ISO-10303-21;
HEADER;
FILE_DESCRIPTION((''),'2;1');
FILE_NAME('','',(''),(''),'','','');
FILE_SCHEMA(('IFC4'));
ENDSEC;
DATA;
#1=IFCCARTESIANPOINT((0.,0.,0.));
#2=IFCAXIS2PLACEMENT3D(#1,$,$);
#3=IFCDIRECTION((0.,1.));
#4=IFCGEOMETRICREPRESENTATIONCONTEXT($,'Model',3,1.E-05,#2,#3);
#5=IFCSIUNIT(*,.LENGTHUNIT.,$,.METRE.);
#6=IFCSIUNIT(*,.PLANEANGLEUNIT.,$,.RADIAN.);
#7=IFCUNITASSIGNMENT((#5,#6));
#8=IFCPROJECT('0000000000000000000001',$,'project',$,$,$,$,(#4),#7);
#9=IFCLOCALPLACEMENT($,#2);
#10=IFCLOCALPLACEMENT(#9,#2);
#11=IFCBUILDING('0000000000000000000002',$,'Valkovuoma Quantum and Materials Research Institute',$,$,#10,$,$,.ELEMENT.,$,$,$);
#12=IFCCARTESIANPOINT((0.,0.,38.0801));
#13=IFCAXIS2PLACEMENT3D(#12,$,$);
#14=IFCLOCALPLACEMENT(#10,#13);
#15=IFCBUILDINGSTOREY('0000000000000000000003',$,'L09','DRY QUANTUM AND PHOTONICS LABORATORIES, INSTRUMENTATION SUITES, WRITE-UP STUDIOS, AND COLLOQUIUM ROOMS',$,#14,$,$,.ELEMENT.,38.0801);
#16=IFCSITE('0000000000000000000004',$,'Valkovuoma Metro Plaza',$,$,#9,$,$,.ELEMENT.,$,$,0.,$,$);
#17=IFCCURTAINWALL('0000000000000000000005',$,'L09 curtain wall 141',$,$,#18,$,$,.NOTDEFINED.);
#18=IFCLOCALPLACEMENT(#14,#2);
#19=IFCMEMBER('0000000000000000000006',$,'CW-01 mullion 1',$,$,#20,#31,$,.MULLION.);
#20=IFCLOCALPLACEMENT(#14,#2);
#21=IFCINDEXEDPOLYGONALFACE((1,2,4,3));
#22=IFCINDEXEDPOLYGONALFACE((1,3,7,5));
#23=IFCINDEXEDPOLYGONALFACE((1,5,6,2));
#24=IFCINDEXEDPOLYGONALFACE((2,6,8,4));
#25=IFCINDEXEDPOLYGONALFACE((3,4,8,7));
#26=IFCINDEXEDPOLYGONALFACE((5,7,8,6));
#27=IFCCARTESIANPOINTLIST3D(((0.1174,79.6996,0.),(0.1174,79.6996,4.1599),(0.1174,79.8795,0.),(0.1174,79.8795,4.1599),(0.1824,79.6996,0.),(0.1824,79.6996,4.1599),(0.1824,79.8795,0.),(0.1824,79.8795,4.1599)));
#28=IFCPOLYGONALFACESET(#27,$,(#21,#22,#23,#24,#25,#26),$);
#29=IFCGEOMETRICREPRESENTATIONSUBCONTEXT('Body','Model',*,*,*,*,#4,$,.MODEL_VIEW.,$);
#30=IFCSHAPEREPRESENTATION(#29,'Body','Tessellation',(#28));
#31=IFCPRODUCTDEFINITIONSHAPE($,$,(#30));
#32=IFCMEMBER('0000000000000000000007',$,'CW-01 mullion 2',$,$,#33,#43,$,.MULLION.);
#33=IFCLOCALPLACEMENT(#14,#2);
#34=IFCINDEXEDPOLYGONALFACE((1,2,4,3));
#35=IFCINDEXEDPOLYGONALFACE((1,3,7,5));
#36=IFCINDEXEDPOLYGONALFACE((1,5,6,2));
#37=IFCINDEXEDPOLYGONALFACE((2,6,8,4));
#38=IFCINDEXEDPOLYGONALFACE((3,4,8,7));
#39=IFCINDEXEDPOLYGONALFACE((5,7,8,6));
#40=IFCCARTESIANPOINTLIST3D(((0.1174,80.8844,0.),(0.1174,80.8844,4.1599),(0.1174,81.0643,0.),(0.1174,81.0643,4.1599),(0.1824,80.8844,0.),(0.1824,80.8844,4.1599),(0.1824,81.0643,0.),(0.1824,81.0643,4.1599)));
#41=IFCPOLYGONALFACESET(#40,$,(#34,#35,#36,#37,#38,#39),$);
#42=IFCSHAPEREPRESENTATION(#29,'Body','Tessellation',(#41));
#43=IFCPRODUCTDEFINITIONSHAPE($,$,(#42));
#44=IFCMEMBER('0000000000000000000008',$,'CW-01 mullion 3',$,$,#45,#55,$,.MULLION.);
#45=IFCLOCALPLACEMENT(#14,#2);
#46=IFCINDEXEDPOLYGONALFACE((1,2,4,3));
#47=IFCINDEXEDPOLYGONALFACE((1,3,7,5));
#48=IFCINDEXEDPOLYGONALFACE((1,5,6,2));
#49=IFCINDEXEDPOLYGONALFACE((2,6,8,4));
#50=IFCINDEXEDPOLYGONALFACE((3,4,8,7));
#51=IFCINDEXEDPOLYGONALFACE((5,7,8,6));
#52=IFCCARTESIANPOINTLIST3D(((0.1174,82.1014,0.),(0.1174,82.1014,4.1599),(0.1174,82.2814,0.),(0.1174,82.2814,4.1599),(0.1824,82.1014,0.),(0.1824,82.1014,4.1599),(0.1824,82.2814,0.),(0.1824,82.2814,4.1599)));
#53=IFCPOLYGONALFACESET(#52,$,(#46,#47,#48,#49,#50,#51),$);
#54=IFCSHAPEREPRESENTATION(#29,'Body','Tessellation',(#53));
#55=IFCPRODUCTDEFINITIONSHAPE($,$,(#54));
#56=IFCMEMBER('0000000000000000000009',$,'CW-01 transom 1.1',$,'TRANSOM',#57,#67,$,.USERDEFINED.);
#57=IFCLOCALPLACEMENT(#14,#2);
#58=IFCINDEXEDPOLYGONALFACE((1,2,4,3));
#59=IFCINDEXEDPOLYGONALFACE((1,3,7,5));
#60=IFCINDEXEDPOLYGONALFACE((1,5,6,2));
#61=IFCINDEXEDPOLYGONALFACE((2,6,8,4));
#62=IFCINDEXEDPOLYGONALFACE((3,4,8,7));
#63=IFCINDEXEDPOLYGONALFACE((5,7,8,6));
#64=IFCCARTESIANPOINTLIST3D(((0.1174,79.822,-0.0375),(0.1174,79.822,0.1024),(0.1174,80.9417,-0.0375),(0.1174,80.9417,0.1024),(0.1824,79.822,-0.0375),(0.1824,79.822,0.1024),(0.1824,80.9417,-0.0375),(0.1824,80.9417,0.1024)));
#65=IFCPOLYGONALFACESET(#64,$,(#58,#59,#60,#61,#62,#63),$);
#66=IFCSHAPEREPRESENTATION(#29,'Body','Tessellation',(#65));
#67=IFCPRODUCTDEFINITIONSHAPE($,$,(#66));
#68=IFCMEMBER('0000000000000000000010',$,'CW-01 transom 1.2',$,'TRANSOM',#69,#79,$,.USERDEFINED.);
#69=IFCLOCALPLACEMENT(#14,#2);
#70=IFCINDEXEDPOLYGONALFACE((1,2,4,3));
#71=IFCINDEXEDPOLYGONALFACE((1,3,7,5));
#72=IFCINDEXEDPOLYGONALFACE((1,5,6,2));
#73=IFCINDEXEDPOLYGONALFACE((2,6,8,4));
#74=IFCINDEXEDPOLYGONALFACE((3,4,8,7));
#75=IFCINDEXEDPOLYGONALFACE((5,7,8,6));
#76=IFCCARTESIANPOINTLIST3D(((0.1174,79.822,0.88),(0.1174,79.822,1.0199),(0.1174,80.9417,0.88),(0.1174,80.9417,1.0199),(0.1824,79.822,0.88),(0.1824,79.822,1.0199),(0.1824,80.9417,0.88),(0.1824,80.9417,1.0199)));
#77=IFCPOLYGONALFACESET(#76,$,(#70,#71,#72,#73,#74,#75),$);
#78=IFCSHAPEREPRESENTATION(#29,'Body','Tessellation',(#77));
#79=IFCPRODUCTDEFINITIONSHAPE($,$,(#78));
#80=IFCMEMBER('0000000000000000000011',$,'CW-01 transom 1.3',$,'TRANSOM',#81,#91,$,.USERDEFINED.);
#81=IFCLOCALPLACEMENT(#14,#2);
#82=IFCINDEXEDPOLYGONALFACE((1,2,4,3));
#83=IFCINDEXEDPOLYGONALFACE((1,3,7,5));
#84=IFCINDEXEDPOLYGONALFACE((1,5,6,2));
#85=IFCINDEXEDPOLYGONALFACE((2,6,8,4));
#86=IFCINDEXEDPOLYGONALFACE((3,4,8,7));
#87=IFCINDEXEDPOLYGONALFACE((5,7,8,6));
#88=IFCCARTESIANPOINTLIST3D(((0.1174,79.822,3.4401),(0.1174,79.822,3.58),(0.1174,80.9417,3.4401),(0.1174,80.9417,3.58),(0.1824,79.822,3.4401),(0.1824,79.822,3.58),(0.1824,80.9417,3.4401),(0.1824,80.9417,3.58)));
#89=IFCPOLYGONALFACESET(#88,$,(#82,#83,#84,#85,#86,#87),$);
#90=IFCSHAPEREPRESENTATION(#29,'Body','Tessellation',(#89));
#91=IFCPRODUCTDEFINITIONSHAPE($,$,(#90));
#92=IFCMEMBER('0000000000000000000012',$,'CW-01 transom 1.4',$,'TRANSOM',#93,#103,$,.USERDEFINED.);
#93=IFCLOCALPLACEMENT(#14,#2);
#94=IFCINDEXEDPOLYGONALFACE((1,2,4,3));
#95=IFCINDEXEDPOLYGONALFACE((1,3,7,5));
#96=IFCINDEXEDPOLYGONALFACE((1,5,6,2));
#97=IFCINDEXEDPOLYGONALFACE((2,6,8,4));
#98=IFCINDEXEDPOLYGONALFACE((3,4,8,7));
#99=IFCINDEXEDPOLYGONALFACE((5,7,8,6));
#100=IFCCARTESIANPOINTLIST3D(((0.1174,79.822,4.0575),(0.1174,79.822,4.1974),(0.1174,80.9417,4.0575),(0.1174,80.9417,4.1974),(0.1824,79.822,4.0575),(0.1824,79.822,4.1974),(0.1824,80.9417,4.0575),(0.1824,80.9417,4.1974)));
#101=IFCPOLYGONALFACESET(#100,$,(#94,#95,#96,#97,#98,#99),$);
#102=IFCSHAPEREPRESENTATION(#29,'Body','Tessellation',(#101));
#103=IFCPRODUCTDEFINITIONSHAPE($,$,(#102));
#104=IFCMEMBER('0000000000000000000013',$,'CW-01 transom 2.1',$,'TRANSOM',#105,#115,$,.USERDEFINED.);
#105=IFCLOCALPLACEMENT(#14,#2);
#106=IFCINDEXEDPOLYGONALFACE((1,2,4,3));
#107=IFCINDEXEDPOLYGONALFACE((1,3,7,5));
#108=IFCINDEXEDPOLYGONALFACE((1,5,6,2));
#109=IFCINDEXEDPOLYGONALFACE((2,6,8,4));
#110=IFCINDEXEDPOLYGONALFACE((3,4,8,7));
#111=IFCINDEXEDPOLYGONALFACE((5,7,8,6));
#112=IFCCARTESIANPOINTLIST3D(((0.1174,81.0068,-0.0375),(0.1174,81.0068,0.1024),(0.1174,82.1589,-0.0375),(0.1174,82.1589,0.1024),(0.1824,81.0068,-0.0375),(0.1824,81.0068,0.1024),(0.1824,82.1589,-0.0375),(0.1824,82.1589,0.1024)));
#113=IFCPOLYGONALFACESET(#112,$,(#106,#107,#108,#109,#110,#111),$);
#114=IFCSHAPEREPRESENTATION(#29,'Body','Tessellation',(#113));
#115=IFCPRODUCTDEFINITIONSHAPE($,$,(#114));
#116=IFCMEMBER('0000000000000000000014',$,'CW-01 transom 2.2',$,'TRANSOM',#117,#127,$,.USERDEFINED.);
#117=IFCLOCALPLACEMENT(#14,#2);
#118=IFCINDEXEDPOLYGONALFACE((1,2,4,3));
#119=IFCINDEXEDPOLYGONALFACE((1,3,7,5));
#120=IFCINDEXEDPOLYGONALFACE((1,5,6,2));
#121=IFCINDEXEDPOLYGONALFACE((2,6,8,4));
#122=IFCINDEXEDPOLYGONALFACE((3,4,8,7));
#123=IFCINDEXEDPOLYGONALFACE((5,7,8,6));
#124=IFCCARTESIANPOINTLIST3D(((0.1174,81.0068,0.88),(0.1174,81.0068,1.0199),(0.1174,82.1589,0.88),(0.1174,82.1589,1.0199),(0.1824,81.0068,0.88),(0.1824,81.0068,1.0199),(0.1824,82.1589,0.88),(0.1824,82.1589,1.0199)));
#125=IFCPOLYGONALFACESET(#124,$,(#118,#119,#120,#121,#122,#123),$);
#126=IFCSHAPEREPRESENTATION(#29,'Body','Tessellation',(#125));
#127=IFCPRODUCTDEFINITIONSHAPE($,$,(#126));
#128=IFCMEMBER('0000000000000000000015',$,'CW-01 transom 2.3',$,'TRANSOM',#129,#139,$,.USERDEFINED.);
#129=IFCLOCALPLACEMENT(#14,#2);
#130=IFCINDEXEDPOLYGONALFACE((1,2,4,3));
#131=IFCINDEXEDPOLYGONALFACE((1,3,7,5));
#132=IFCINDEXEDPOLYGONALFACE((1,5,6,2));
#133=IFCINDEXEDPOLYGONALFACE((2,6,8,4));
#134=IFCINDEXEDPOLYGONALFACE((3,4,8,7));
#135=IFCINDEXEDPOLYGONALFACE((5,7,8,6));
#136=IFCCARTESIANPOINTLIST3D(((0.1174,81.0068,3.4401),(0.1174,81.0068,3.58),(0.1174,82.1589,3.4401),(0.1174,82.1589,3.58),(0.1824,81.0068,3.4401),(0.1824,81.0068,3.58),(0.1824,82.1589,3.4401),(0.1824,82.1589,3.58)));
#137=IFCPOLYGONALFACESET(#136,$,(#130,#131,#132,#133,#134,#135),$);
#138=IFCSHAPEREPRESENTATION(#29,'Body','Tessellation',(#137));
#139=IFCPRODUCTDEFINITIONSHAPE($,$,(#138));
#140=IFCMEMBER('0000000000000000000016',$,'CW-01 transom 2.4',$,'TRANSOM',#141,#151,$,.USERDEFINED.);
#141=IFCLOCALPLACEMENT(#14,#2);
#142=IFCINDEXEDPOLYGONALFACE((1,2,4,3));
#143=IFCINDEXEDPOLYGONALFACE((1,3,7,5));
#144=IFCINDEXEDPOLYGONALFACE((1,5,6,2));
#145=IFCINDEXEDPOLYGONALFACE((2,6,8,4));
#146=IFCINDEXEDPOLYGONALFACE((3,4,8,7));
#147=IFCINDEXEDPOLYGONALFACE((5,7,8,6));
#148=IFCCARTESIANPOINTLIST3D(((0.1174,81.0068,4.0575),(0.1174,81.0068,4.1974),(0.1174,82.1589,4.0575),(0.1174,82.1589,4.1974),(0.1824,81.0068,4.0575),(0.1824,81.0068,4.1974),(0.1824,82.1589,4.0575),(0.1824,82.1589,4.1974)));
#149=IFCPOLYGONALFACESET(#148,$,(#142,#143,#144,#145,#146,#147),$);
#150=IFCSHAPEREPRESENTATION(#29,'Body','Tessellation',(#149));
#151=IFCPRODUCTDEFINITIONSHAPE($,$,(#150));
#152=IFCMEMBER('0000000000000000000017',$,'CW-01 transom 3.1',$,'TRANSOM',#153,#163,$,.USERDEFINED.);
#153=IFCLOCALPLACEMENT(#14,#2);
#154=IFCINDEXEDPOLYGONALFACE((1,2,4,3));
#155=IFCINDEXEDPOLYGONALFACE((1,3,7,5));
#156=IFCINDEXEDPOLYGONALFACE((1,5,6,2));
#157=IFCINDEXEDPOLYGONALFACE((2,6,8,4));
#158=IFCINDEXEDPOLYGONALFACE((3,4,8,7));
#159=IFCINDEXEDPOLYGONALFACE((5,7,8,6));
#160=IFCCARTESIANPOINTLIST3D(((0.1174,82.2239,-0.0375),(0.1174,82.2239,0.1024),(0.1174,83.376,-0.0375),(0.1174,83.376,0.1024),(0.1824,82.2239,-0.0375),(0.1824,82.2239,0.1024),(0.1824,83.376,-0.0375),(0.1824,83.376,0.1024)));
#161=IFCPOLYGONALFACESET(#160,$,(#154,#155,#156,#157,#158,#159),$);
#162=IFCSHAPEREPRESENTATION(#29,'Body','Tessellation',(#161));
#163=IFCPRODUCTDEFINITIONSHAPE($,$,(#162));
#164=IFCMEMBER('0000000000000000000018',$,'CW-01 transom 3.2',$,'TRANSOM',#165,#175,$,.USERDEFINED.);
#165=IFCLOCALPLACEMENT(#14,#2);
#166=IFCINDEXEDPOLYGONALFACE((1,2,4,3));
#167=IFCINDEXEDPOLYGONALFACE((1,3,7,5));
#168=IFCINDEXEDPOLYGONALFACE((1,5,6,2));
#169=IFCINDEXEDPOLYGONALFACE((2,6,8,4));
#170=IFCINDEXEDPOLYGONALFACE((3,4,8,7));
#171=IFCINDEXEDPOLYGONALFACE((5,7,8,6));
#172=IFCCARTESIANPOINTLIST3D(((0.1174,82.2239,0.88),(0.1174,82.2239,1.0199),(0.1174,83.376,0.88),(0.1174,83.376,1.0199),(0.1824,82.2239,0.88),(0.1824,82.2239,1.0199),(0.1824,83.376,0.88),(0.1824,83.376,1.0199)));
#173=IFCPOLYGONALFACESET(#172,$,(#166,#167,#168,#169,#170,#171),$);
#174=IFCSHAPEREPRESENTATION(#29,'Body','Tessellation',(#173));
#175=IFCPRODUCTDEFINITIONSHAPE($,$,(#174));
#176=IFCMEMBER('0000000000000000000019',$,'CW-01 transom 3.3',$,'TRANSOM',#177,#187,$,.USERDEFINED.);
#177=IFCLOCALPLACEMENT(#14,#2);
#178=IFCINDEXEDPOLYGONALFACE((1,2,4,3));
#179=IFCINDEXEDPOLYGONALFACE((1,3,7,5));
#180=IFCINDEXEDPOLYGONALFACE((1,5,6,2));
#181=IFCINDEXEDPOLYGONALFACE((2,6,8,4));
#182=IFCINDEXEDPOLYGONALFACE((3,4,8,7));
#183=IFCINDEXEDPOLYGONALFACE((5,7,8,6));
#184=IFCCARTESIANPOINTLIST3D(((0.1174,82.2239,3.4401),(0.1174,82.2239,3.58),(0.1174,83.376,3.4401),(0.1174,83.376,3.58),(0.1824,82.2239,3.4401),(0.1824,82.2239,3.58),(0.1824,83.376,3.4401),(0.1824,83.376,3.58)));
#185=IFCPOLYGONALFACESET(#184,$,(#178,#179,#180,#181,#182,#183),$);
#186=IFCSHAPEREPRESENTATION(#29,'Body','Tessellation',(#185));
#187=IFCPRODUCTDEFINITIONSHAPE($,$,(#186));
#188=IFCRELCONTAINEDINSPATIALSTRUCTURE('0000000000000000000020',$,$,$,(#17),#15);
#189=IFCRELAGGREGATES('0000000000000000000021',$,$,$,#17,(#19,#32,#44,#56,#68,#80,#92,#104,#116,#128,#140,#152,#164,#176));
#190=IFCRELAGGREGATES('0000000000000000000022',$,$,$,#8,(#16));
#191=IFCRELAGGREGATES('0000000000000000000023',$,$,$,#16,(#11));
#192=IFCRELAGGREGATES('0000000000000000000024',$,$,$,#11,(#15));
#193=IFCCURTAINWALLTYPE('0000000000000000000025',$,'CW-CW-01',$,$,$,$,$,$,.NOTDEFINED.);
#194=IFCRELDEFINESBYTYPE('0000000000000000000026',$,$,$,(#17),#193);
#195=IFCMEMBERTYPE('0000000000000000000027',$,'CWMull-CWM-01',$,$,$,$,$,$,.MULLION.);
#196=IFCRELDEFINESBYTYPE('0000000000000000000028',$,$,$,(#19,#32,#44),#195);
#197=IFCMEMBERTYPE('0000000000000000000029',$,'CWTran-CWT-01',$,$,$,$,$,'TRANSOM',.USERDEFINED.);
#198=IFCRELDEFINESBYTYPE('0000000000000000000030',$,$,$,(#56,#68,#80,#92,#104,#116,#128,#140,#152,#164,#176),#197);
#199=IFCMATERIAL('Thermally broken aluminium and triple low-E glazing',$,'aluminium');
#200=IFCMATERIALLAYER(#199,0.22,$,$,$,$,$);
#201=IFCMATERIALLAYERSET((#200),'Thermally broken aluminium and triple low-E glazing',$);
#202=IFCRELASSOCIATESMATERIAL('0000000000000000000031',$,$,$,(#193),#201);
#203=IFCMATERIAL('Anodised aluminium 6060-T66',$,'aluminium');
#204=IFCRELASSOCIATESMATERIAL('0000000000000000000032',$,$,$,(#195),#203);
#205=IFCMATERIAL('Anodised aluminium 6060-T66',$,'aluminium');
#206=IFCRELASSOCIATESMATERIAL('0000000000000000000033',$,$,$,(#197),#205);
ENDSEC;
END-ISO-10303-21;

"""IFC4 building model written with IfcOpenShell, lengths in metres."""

from ifc_helpers import new_model, si_unit, direction, frame, origin, origin_2d, place, context, subcontext, project, spatial, rectangle, extrude, material, layer, layer_set, material_profile, profile_set, type_object, element, aggregate, save


model = new_model("IFC4")

# Units and contexts
model_context = context("Model", 3, precision=1e-05, world=origin(), true_north=direction((0.0, 1.0)))
body_context = subcontext(model_context, "Body", "Model", "MODEL_VIEW")
ifc_project = project(units=[si_unit("LENGTHUNIT", "METRE"), si_unit("PLANEANGLEUNIT", "RADIAN")], contexts=[model_context])

# Site, building, storey
site_placement = place(None, origin())
site = spatial("IfcSite", under=ifc_project, at=site_placement, Name="Valkovuoma Metro Plaza", CompositionType="ELEMENT", RefElevation=0.0)
building_placement = place(site_placement, origin())
building = spatial("IfcBuilding", under=site, at=building_placement, Name="Valkovuoma Quantum and Materials Research Institute", CompositionType="ELEMENT")
storey_placement = place(building_placement, frame((0.0, 0.0, 38.0801)))
storey = spatial("IfcBuildingStorey", under=building, at=storey_placement, Name="L09", Description="DRY QUANTUM AND PHOTONICS LABORATORIES, INSTRUMENTATION SUITES, WRITE-UP STUDIOS, AND COLLOQUIUM ROOMS", CompositionType="ELEMENT", Elevation=38.0801)

# Curtain wall, members
ifc_material_1 = material(Name="Thermally broken aluminium and triple low-E glazing", Category="aluminium")
ifc_layer_1 = layer(ifc_material_1, 0.22)
ifc_layer_set_1 = layer_set([ifc_layer_1], Name="Thermally broken aluminium and triple low-E glazing")
curtain_wall_type = type_object("IfcCurtainWallType", Name="CW-CW-01", PredefinedType="NOTDEFINED", material=ifc_layer_set_1)
curtain_wall_placement = place(storey_placement, origin())
curtain_wall = element("IfcCurtainWall", 1, at=curtain_wall_placement, inside=storey, type_object=curtain_wall_type, Name="L09 curtain wall 141", PredefinedType="NOTDEFINED")
ifc_material_2 = material(Name="Anodised aluminium 6060-T66", Category="aluminium")
ifc_material_profile_1 = material_profile(ifc_material_2, rectangle(XDim=0.0649, YDim=0.1799, at=origin_2d()), Name="Anodised aluminium 6060-T66")
ifc_profile_set_1 = profile_set([ifc_material_profile_1], Name="Anodised aluminium 6060-T66")
member_type_1 = type_object("IfcMemberType", Name="CWMull-CWM-01", PredefinedType="MULLION", material=ifc_profile_set_1)
member_1_placement = place(storey_placement, frame((0.1499, 79.7896, 0.0), z_axis=(0.0, 0.0, 1.0), x_axis=(-1.0, 0.0, 0.0)))
member_1 = element("IfcMember", 2, at=member_1_placement, type_object=member_type_1, Name="CW-01 mullion 1", PredefinedType="MULLION", context=body_context, shape_type="SweptSolid", body=[
    extrude(rectangle(XDim=0.0649, YDim=0.1799, at=origin_2d()), origin(), (0.0, 0.0, 1.0), 4.1599),
])
member_2_placement = place(storey_placement, frame((0.1499, 80.9744, 0.0), z_axis=(0.0, 0.0, 1.0), x_axis=(-1.0, 0.0, 0.0)))
member_2 = element("IfcMember", 3, at=member_2_placement, type_object=member_type_1, Name="CW-01 mullion 2", PredefinedType="MULLION", context=body_context, shape_type="SweptSolid", body=[
    extrude(rectangle(XDim=0.0649, YDim=0.1799, at=origin_2d()), origin(), (0.0, 0.0, 1.0), 4.1599),
])
member_3_placement = place(storey_placement, frame((0.1499, 82.1914, 0.0), z_axis=(0.0, 0.0, 1.0), x_axis=(-1.0, 0.0, 0.0)))
member_3 = element("IfcMember", 4, at=member_3_placement, type_object=member_type_1, Name="CW-01 mullion 3", PredefinedType="MULLION", context=body_context, shape_type="SweptSolid", body=[
    extrude(rectangle(XDim=0.0649, YDim=0.1799, at=origin_2d()), origin(), (0.0, 0.0, 1.0), 4.1599),
])
ifc_material_3 = material(Name="Anodised aluminium 6060-T66", Category="aluminium")
ifc_material_profile_2 = material_profile(ifc_material_3, rectangle(XDim=0.0649, YDim=0.1399, at=origin_2d()), Name="Anodised aluminium 6060-T66")
ifc_profile_set_2 = profile_set([ifc_material_profile_2], Name="Anodised aluminium 6060-T66")
member_type_2 = type_object("IfcMemberType", Name="CWTran-CWT-01", ElementType="TRANSOM", PredefinedType="USERDEFINED", material=ifc_profile_set_2)
member_4_placement = place(storey_placement, frame((0.1499, 79.822, 0.0325), z_axis=(0.0, 1.0, 0.0), x_axis=(-1.0, 0.0, 0.0)))
member_4 = element("IfcMember", 5, at=member_4_placement, type_object=member_type_2, Name="CW-01 transom 1.1", ObjectType="TRANSOM", PredefinedType="USERDEFINED", context=body_context, shape_type="SweptSolid", body=[
    extrude(rectangle(XDim=0.0649, YDim=0.1399, at=origin_2d()), origin(), (0.0, 0.0, 1.0), 1.1196),
])
member_5_placement = place(storey_placement, frame((0.1499, 79.822, 0.95), z_axis=(0.0, 1.0, 0.0), x_axis=(-1.0, 0.0, 0.0)))
member_5 = element("IfcMember", 6, at=member_5_placement, type_object=member_type_2, Name="CW-01 transom 1.2", ObjectType="TRANSOM", PredefinedType="USERDEFINED", context=body_context, shape_type="SweptSolid", body=[
    extrude(rectangle(XDim=0.0649, YDim=0.1399, at=origin_2d()), origin(), (0.0, 0.0, 1.0), 1.1196),
])
member_6_placement = place(storey_placement, frame((0.1499, 79.822, 3.51), z_axis=(0.0, 1.0, 0.0), x_axis=(-1.0, 0.0, 0.0)))
member_6 = element("IfcMember", 7, at=member_6_placement, type_object=member_type_2, Name="CW-01 transom 1.3", ObjectType="TRANSOM", PredefinedType="USERDEFINED", context=body_context, shape_type="SweptSolid", body=[
    extrude(rectangle(XDim=0.0649, YDim=0.1399, at=origin_2d()), origin(), (0.0, 0.0, 1.0), 1.1196),
])
member_7_placement = place(storey_placement, frame((0.1499, 79.822, 4.1274), z_axis=(0.0, 1.0, 0.0), x_axis=(-1.0, 0.0, 0.0)))
member_7 = element("IfcMember", 8, at=member_7_placement, type_object=member_type_2, Name="CW-01 transom 1.4", ObjectType="TRANSOM", PredefinedType="USERDEFINED", context=body_context, shape_type="SweptSolid", body=[
    extrude(rectangle(XDim=0.0649, YDim=0.1399, at=origin_2d()), origin(), (0.0, 0.0, 1.0), 1.1196),
])
member_8_placement = place(storey_placement, frame((0.1499, 81.0068, 0.0325), z_axis=(0.0, 1.0, 0.0), x_axis=(-1.0, 0.0, 0.0)))
member_8 = element("IfcMember", 9, at=member_8_placement, type_object=member_type_2, Name="CW-01 transom 2.1", ObjectType="TRANSOM", PredefinedType="USERDEFINED", context=body_context, shape_type="SweptSolid", body=[
    extrude(rectangle(XDim=0.0649, YDim=0.1399, at=origin_2d()), origin(), (0.0, 0.0, 1.0), 1.1521),
])
member_9_placement = place(storey_placement, frame((0.1499, 81.0068, 0.95), z_axis=(0.0, 1.0, 0.0), x_axis=(-1.0, 0.0, 0.0)))
member_9 = element("IfcMember", 10, at=member_9_placement, type_object=member_type_2, Name="CW-01 transom 2.2", ObjectType="TRANSOM", PredefinedType="USERDEFINED", context=body_context, shape_type="SweptSolid", body=[
    extrude(rectangle(XDim=0.0649, YDim=0.1399, at=origin_2d()), origin(), (0.0, 0.0, 1.0), 1.1521),
])
member_10_placement = place(storey_placement, frame((0.1499, 81.0068, 3.51), z_axis=(0.0, 1.0, 0.0), x_axis=(-1.0, 0.0, 0.0)))
member_10 = element("IfcMember", 11, at=member_10_placement, type_object=member_type_2, Name="CW-01 transom 2.3", ObjectType="TRANSOM", PredefinedType="USERDEFINED", context=body_context, shape_type="SweptSolid", body=[
    extrude(rectangle(XDim=0.0649, YDim=0.1399, at=origin_2d()), origin(), (0.0, 0.0, 1.0), 1.1521),
])
member_11_placement = place(storey_placement, frame((0.1499, 81.0068, 4.1274), z_axis=(0.0, 1.0, 0.0), x_axis=(-1.0, 0.0, 0.0)))
member_11 = element("IfcMember", 12, at=member_11_placement, type_object=member_type_2, Name="CW-01 transom 2.4", ObjectType="TRANSOM", PredefinedType="USERDEFINED", context=body_context, shape_type="SweptSolid", body=[
    extrude(rectangle(XDim=0.0649, YDim=0.1399, at=origin_2d()), origin(), (0.0, 0.0, 1.0), 1.1521),
])
member_12_placement = place(storey_placement, frame((0.1499, 82.2239, 0.0325), z_axis=(0.0, 1.0, 0.0), x_axis=(-1.0, 0.0, 0.0)))
member_12 = element("IfcMember", 13, at=member_12_placement, type_object=member_type_2, Name="CW-01 transom 3.1", ObjectType="TRANSOM", PredefinedType="USERDEFINED", context=body_context, shape_type="SweptSolid", body=[
    extrude(rectangle(XDim=0.0649, YDim=0.1399, at=origin_2d()), origin(), (0.0, 0.0, 1.0), 1.1521),
])
member_13_placement = place(storey_placement, frame((0.1499, 82.2239, 0.95), z_axis=(0.0, 1.0, 0.0), x_axis=(-1.0, 0.0, 0.0)))
member_13 = element("IfcMember", 14, at=member_13_placement, type_object=member_type_2, Name="CW-01 transom 3.2", ObjectType="TRANSOM", PredefinedType="USERDEFINED", context=body_context, shape_type="SweptSolid", body=[
    extrude(rectangle(XDim=0.0649, YDim=0.1399, at=origin_2d()), origin(), (0.0, 0.0, 1.0), 1.1521),
])
member_14_placement = place(storey_placement, frame((0.1499, 82.2239, 3.51), z_axis=(0.0, 1.0, 0.0), x_axis=(-1.0, 0.0, 0.0)))
member_14 = element("IfcMember", 15, at=member_14_placement, type_object=member_type_2, Name="CW-01 transom 3.3", ObjectType="TRANSOM", PredefinedType="USERDEFINED", context=body_context, shape_type="SweptSolid", body=[
    extrude(rectangle(XDim=0.0649, YDim=0.1399, at=origin_2d()), origin(), (0.0, 0.0, 1.0), 1.1521),
])
aggregate(curtain_wall, [member_1, member_2, member_3, member_4, member_5, member_6, member_7, member_8, member_9, member_10, member_11, member_12, member_13, member_14])

save(model, "model.ifc")
